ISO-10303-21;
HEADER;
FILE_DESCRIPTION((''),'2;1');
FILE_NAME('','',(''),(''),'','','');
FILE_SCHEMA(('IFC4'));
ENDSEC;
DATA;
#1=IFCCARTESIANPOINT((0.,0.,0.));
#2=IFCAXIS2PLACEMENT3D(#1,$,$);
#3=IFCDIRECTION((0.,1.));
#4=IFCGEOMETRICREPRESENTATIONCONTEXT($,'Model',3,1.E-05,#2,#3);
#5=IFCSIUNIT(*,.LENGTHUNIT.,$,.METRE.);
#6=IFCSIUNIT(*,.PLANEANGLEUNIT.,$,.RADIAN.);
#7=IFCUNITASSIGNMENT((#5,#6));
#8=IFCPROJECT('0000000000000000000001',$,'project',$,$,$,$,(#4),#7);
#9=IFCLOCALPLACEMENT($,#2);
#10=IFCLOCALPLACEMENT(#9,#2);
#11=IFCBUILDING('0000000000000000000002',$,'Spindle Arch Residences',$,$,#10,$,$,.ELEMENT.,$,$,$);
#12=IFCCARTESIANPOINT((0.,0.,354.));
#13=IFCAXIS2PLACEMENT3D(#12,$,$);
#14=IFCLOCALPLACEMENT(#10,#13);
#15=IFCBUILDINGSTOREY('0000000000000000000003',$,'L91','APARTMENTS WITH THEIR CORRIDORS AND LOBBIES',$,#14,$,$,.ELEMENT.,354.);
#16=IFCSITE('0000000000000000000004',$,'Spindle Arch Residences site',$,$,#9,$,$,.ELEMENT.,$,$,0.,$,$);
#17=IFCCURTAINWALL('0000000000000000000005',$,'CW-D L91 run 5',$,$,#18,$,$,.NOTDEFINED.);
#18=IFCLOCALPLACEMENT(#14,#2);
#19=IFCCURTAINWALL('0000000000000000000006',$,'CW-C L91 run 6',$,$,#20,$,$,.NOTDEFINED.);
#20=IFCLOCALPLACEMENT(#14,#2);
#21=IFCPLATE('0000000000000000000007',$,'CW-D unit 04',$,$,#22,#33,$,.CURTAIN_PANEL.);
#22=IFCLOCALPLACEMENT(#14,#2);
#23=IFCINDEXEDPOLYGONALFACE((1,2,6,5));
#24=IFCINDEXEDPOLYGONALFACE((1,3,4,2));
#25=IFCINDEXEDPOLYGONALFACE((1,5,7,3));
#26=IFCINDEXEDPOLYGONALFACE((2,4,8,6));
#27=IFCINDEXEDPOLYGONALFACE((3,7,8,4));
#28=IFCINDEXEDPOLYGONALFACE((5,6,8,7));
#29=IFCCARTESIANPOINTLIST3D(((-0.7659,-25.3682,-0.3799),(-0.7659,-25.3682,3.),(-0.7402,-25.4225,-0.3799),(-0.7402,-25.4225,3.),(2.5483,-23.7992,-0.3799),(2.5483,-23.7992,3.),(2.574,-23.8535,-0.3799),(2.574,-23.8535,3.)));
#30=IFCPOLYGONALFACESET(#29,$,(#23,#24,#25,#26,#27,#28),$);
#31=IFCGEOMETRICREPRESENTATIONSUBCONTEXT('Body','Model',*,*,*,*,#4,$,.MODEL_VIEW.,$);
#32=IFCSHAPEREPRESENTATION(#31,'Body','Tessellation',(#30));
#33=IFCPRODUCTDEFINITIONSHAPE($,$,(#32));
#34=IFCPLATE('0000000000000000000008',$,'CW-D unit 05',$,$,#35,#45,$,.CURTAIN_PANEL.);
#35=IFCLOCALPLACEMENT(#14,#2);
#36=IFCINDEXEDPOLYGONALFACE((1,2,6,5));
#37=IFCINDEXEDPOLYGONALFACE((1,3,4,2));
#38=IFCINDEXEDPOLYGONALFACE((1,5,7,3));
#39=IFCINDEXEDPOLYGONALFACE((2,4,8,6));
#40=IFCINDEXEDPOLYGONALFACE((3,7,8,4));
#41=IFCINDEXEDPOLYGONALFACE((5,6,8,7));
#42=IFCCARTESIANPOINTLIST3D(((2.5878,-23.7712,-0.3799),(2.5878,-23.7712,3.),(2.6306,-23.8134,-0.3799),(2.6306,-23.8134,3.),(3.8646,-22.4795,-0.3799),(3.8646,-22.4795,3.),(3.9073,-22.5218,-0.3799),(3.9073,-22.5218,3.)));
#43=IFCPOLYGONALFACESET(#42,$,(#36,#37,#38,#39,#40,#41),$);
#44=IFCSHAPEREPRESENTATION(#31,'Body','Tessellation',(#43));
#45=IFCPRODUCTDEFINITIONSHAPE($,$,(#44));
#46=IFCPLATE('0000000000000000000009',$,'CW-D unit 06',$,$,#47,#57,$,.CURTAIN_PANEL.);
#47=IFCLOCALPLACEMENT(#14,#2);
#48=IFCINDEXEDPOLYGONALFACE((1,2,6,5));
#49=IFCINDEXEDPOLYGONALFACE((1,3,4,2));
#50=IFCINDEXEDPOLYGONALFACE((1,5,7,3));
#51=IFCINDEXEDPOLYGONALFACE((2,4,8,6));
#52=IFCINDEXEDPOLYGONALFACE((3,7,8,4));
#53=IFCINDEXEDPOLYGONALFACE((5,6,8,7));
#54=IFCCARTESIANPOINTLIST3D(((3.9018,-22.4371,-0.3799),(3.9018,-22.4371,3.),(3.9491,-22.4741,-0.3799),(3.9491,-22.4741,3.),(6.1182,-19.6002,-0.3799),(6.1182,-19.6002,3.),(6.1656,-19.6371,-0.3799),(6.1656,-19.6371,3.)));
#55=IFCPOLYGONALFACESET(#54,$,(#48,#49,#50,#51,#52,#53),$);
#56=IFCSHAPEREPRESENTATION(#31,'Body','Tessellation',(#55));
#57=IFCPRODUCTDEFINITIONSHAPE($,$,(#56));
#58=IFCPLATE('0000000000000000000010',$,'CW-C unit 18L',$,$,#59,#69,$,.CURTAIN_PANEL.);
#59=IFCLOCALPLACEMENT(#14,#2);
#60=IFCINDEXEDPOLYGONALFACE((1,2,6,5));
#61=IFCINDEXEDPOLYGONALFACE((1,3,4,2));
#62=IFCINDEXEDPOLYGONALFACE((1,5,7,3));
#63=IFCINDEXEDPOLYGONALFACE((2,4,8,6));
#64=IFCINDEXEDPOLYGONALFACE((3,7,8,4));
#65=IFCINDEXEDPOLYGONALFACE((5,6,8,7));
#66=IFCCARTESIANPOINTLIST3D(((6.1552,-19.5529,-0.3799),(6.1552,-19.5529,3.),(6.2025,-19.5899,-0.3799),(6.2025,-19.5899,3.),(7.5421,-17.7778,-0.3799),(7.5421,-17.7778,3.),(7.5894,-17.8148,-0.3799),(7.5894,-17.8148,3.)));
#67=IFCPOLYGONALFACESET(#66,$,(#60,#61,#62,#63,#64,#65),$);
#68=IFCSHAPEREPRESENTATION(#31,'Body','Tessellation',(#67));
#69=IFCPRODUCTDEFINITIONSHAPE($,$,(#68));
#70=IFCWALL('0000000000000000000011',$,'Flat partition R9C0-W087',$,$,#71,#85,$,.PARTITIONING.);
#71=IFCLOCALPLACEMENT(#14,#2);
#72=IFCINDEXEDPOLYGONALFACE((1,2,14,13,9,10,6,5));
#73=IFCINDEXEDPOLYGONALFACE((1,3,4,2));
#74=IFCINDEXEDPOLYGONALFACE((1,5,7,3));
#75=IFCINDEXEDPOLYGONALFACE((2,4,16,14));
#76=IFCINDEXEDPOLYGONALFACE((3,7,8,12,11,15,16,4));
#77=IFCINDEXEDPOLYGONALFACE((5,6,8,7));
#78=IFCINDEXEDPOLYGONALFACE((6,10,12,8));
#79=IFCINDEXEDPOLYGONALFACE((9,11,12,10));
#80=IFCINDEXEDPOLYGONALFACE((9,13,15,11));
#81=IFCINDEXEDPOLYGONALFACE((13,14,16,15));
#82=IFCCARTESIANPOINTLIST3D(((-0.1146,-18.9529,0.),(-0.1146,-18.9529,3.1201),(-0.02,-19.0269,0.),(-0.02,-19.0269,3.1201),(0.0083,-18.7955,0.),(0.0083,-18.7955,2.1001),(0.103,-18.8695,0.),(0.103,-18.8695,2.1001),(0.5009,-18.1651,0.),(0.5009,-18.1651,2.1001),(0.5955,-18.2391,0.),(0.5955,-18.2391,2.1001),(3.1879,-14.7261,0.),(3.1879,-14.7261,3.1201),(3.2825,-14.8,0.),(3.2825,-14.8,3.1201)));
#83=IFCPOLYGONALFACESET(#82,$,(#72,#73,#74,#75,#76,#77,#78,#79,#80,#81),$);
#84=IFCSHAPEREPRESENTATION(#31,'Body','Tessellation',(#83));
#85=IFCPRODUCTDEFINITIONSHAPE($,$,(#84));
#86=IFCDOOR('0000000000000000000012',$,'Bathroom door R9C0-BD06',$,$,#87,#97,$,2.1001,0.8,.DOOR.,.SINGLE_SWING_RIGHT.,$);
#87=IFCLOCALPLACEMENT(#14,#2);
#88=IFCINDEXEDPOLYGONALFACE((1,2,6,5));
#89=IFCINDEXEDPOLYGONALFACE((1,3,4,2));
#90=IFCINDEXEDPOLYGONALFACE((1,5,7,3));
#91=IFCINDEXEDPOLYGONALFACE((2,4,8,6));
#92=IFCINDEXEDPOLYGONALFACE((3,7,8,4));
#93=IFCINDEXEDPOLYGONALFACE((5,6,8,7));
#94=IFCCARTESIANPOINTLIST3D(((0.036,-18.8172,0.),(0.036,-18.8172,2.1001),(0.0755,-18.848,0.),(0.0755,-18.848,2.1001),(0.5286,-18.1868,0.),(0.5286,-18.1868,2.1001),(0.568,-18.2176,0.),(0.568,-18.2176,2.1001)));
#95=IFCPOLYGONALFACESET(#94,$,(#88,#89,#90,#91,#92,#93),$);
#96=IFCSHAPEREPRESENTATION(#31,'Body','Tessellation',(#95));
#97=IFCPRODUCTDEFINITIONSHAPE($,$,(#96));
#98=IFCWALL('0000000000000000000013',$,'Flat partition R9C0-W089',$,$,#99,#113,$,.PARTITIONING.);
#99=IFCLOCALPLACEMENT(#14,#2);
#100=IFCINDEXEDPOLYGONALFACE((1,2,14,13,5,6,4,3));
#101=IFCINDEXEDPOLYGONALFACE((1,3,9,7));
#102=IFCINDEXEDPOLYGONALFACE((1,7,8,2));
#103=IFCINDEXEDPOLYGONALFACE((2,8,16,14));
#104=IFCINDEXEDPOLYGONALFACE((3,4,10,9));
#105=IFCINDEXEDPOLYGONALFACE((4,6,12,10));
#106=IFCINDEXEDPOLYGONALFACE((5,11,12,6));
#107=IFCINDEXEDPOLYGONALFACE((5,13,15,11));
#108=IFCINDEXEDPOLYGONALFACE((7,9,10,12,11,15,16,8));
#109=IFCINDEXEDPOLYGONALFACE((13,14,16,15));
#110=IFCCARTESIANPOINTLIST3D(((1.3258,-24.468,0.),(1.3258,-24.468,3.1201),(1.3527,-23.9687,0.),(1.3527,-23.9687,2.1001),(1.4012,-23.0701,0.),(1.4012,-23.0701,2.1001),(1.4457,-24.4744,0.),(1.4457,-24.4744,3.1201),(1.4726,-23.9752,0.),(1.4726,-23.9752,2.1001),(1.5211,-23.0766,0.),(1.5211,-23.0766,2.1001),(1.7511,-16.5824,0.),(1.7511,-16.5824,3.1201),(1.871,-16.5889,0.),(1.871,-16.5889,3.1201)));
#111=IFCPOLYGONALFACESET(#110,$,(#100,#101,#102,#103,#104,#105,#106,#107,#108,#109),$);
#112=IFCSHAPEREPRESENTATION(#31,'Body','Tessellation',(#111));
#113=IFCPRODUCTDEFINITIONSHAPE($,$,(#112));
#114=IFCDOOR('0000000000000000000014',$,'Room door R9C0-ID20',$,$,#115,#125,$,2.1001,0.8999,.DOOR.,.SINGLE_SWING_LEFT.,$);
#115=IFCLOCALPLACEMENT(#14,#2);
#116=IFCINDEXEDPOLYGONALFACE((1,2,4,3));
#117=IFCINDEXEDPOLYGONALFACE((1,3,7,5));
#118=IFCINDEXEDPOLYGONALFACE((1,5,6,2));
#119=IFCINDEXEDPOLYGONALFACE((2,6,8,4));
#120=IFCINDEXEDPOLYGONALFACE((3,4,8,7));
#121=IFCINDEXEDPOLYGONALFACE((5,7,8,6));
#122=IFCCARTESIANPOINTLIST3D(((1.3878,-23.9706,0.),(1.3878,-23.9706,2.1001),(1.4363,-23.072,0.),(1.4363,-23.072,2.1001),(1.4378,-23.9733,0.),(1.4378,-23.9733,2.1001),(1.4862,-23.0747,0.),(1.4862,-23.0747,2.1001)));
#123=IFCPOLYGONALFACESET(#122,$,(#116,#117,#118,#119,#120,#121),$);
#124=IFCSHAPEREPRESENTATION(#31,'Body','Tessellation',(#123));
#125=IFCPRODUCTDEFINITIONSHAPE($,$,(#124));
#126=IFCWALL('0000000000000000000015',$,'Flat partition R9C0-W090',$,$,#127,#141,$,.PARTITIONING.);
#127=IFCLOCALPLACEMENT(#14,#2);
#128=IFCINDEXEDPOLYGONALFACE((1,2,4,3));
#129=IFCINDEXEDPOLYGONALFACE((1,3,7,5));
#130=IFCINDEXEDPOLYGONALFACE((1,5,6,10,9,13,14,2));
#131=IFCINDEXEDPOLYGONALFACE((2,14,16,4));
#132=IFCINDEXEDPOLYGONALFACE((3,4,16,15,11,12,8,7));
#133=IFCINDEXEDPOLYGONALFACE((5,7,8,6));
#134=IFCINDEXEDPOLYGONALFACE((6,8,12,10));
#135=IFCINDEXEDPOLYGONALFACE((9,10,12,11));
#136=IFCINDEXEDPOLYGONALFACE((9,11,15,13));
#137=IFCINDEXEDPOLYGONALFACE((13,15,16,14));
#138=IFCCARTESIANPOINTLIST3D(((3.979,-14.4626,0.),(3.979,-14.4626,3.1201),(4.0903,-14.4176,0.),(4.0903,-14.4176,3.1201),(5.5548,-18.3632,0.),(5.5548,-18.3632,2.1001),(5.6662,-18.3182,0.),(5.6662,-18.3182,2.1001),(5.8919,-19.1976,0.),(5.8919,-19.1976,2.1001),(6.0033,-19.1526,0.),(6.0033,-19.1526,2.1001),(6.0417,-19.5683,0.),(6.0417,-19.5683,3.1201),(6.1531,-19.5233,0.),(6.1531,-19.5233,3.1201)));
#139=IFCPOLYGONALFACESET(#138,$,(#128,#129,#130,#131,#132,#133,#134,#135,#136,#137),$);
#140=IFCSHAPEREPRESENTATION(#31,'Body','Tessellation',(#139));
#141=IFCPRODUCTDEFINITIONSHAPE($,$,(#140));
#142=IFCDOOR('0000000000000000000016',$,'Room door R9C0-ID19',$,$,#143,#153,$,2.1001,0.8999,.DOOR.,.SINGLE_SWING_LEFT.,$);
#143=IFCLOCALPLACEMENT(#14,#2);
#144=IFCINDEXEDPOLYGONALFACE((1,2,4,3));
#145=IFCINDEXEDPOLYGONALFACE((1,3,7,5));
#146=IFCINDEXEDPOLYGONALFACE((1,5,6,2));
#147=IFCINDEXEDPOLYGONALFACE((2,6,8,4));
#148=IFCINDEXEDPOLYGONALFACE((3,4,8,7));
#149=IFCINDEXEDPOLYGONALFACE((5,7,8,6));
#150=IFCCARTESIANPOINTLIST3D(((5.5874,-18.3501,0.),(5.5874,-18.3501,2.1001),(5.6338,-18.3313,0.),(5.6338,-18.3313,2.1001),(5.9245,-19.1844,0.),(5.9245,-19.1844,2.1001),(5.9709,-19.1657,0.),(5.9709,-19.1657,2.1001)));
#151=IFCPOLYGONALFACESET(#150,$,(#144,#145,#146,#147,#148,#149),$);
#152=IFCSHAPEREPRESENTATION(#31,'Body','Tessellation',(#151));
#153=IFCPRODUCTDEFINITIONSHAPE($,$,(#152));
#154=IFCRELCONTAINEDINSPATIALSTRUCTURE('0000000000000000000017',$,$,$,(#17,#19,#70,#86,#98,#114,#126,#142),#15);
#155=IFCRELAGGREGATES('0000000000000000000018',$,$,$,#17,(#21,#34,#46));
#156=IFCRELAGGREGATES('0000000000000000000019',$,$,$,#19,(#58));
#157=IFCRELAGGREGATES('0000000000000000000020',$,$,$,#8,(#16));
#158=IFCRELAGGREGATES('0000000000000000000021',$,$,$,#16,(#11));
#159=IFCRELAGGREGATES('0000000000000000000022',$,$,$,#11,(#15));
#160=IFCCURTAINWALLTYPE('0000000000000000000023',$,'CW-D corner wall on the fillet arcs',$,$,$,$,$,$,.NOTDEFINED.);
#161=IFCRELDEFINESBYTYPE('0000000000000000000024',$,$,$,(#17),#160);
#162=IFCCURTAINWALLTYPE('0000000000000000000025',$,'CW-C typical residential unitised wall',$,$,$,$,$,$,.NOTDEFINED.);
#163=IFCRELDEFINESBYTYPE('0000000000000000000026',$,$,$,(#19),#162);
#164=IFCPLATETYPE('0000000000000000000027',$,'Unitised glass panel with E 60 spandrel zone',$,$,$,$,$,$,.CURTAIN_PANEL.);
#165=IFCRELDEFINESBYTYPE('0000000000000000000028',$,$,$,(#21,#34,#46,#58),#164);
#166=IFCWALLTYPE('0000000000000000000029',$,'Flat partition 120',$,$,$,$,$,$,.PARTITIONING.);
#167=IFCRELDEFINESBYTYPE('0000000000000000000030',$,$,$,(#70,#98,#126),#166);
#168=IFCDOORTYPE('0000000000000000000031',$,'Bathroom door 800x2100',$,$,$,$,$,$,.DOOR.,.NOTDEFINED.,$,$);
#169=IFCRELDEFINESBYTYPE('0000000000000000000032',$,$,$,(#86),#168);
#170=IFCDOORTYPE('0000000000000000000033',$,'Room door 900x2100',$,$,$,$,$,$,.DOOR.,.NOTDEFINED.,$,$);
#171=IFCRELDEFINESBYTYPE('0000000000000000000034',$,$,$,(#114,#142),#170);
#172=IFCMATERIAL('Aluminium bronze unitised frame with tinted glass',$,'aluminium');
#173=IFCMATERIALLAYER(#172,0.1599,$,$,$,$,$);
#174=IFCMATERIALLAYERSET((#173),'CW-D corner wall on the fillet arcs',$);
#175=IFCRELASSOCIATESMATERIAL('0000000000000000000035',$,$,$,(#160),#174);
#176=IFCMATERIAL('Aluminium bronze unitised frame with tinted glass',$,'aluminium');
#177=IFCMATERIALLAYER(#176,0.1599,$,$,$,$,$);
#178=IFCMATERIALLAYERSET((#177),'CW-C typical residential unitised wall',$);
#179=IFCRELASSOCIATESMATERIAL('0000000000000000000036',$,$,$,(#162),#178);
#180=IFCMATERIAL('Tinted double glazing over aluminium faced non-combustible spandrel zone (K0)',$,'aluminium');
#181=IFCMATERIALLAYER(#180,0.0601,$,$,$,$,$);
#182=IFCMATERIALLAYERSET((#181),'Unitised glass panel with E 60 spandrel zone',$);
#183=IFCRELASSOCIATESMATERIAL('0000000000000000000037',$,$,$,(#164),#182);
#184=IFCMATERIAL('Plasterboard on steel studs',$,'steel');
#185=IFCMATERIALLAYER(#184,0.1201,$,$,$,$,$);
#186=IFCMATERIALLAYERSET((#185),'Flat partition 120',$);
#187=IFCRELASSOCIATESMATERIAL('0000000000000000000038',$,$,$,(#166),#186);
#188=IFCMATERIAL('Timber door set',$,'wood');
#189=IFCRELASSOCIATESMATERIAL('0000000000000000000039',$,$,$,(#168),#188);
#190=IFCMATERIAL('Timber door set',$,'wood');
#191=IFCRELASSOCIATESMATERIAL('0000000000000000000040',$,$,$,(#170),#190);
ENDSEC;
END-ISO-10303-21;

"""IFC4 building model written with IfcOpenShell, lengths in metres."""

from ifc_helpers import new_model, si_unit, direction, frame, frame_2d, origin, origin_2d, place, context, subcontext, project, spatial, rectangle, extrude, material, layer, layer_set, type_object, element, fill, aggregate, save


model = new_model("IFC4")

# Units and contexts
model_context = context("Model", 3, precision=1e-05, world=origin(), true_north=direction((0.0, 1.0)))
body_context = subcontext(model_context, "Body", "Model", "MODEL_VIEW")
ifc_project = project(units=[si_unit("LENGTHUNIT", "METRE"), si_unit("PLANEANGLEUNIT", "RADIAN")], contexts=[model_context])

# Site, building, storey
site_placement = place(None, origin())
site = spatial("IfcSite", under=ifc_project, at=site_placement, Name="Spindle Arch Residences site", CompositionType="ELEMENT", RefElevation=0.0)
building_placement = place(site_placement, origin())
building = spatial("IfcBuilding", under=site, at=building_placement, Name="Spindle Arch Residences", CompositionType="ELEMENT")
storey_placement = place(building_placement, frame((0.0, 0.0, 354.0)))
storey = spatial("IfcBuildingStorey", under=building, at=storey_placement, Name="L91", Description="APARTMENTS WITH THEIR CORRIDORS AND LOBBIES", CompositionType="ELEMENT", Elevation=354.0)

# Curtain wall
ifc_material_1 = material(Name="Aluminium bronze unitised frame with tinted glass", Category="aluminium")
ifc_layer_1 = layer(ifc_material_1, 0.1599)
ifc_layer_set_1 = layer_set([ifc_layer_1], Name="CW-D corner wall on the fillet arcs")
curtain_wall_type_1 = type_object("IfcCurtainWallType", Name="CW-D corner wall on the fillet arcs", PredefinedType="NOTDEFINED", material=ifc_layer_set_1)
curtain_wall_1_placement = place(storey_placement, origin())
curtain_wall_1 = element("IfcCurtainWall", 1, at=curtain_wall_1_placement, inside=storey, type_object=curtain_wall_type_1, Name="CW-D L91 run 5", PredefinedType="NOTDEFINED")

# Curtain wall
ifc_material_2 = material(Name="Aluminium bronze unitised frame with tinted glass", Category="aluminium")
ifc_layer_2 = layer(ifc_material_2, 0.1599)
ifc_layer_set_2 = layer_set([ifc_layer_2], Name="CW-C typical residential unitised wall")
curtain_wall_type_2 = type_object("IfcCurtainWallType", Name="CW-C typical residential unitised wall", PredefinedType="NOTDEFINED", material=ifc_layer_set_2)
curtain_wall_2_placement = place(storey_placement, origin())
curtain_wall_2 = element("IfcCurtainWall", 2, at=curtain_wall_2_placement, inside=storey, type_object=curtain_wall_type_2, Name="CW-C L91 run 6", PredefinedType="NOTDEFINED")

# Plates
ifc_material_3 = material(Name="Tinted double glazing over aluminium faced non-combustible spandrel zone (K0)", Category="aluminium")
ifc_layer_3 = layer(ifc_material_3, 0.0601)
ifc_layer_set_3 = layer_set([ifc_layer_3], Name="Unitised glass panel with E 60 spandrel zone")
plate_type = type_object("IfcPlateType", Name="Unitised glass panel with E 60 spandrel zone", PredefinedType="CURTAIN_PANEL", material=ifc_layer_set_3)
plate_1_placement = place(storey_placement, frame((0.9041, -24.6108, -0.3799), z_axis=(0.0, 0.0, 1.0), x_axis=(0.903834, 0.427884, 0.0)))
plate_1 = element("IfcPlate", 3, at=plate_1_placement, type_object=plate_type, Name="CW-D unit 04", PredefinedType="CURTAIN_PANEL", context=body_context, shape_type="SweptSolid", body=[
    extrude(rectangle(XDim=3.6667, YDim=0.0601, at=origin_2d()), origin(), (0.0, 0.0, 1.0), 3.3799),
])
plate_2_placement = place(storey_placement, frame((3.2476, -23.1465, -0.3799), z_axis=(0.0, 0.0, 1.0), x_axis=(0.702981, 0.711209, 0.0)))
plate_2 = element("IfcPlate", 4, at=plate_2_placement, type_object=plate_type, Name="CW-D unit 05", PredefinedType="CURTAIN_PANEL", context=body_context, shape_type="SweptSolid", body=[
    extrude(rectangle(XDim=1.8162, YDim=0.0601, at=origin_2d()), origin(), (0.0, 0.0, 1.0), 3.3799),
])
plate_3_placement = place(storey_placement, frame((5.0337, -21.0371, -0.3799), z_axis=(0.0, 0.0, 1.0), x_axis=(0.615661, 0.788011, 0.0)))
plate_3 = element("IfcPlate", 5, at=plate_3_placement, type_object=plate_type, Name="CW-D unit 06", PredefinedType="CURTAIN_PANEL", context=body_context, shape_type="SweptSolid", body=[
    extrude(rectangle(XDim=3.6001, YDim=0.0601, at=origin_2d()), origin(), (0.0, 0.0, 1.0), 3.3799),
])
aggregate(curtain_wall_1, [plate_1, plate_2, plate_3])
plate_4_placement = place(storey_placement, frame((6.8723, -18.6838, -0.3799), z_axis=(0.0, 0.0, 1.0), x_axis=(0.615661, 0.788011, 0.0)))
plate_4 = element("IfcPlate", 6, at=plate_4_placement, type_object=plate_type, Name="CW-C unit 18L", PredefinedType="CURTAIN_PANEL", context=body_context, shape_type="SweptSolid", body=[
    extrude(rectangle(XDim=2.2527, YDim=0.0601, at=origin_2d()), origin(), (0.0, 0.0, 1.0), 3.3799),
])
aggregate(curtain_wall_2, [plate_4])

# Walls, openings, doors
ifc_material_4 = material(Name="Plasterboard on steel studs", Category="steel")
ifc_layer_4 = layer(ifc_material_4, 0.1201)
ifc_layer_set_4 = layer_set([ifc_layer_4], Name="Flat partition 120")
wall_type_1 = type_object("IfcWallType", Name="Flat partition 120", PredefinedType="PARTITIONING", material=ifc_layer_set_4)
wall_1_placement = place(storey_placement, frame((-0.0674, -18.99, 0.0), z_axis=(0.0, 0.0, 1.0), x_axis=(0.615678, 0.787997, 0.0)))
wall_1 = element("IfcWall", 7, at=wall_1_placement, inside=storey, type_object=wall_type_1, Name="Flat partition R9C0-W087", PredefinedType="PARTITIONING", context=body_context, shape_type="SweptSolid", body=[
    extrude(rectangle(XDim=5.364, YDim=0.1201, at=frame_2d((2.6821, 0.0))), origin(), (0.0, 0.0, 1.0), 3.1201),
])
opening_1_placement = place(wall_1_placement, frame((0.2, 0.0, 0.0)))
opening_1 = element("IfcOpeningElement", 8, at=opening_1_placement, cuts=wall_1, PredefinedType="OPENING", context=body_context, shape_type="SweptSolid", body=[
    extrude(rectangle(XDim=0.8, YDim=2.1001, at=frame_2d((0.3999, 1.05))), frame((0.0, 0.0701, 0.0), z_axis=(0.0, -1.0, 0.0), x_axis=(1.0, 0.0, 0.0)), (0.0, 0.0, 1.0), 0.1401),
])
ifc_material_5 = material(Name="Timber door set", Category="wood")
door_type_1 = type_object("IfcDoorType", Name="Bathroom door 800x2100", OperationType="NOTDEFINED", PredefinedType="DOOR", material=ifc_material_5)
door_1_placement = place(opening_1_placement, origin())
door_1 = element("IfcDoor", 9, at=door_1_placement, inside=storey, type_object=door_type_1, Name="Bathroom door R9C0-BD06", OperationType="SINGLE_SWING_RIGHT", OverallHeight=2.1001, OverallWidth=0.8, PredefinedType="DOOR", context=body_context, shape_type="SweptSolid", body=[
    extrude(rectangle(XDim=0.8, YDim=2.1001, at=frame_2d((0.3999, 1.05))), frame((0.0, 0.0249, 0.0), z_axis=(0.0, -1.0, 0.0), x_axis=(1.0, 0.0, 0.0)), (0.0, 0.0, 1.0), 0.05),
])
fill(opening_1, door_1)
wall_2_placement = place(storey_placement, frame((1.3857, -24.4712, 0.0), z_axis=(0.0, 0.0, 1.0), x_axis=(0.053855, 0.998549, 0.0)))
wall_2 = element("IfcWall", 10, at=wall_2_placement, inside=storey, type_object=wall_type_1, Name="Flat partition R9C0-W089", PredefinedType="PARTITIONING", context=body_context, shape_type="SweptSolid", body=[
    extrude(rectangle(XDim=7.897, YDim=0.1201, at=frame_2d((3.9485, 0.0))), origin(), (0.0, 0.0, 1.0), 3.1201),
])
opening_2_placement = place(wall_2_placement, frame((0.5, 0.0, 0.0)))
opening_2 = element("IfcOpeningElement", 11, at=opening_2_placement, cuts=wall_2, PredefinedType="OPENING", context=body_context, shape_type="SweptSolid", body=[
    extrude(rectangle(XDim=0.8999, YDim=2.1001, at=frame_2d((0.45, 1.05))), frame((0.0, 0.0701, 0.0), z_axis=(0.0, -1.0, 0.0), x_axis=(1.0, 0.0, 0.0)), (0.0, 0.0, 1.0), 0.1401),
])
ifc_material_6 = material(Name="Timber door set", Category="wood")
door_type_2 = type_object("IfcDoorType", Name="Room door 900x2100", OperationType="NOTDEFINED", PredefinedType="DOOR", material=ifc_material_6)
door_2_placement = place(opening_2_placement, origin())
door_2 = element("IfcDoor", 12, at=door_2_placement, inside=storey, type_object=door_type_2, Name="Room door R9C0-ID20", OperationType="SINGLE_SWING_LEFT", OverallHeight=2.1001, OverallWidth=0.8999, PredefinedType="DOOR", context=body_context, shape_type="SweptSolid", body=[
    extrude(rectangle(XDim=0.8999, YDim=2.1001, at=frame_2d((0.45, 1.05))), frame((0.0, 0.0249, 0.0), z_axis=(0.0, -1.0, 0.0), x_axis=(1.0, 0.0, 0.0)), (0.0, 0.0, 1.0), 0.05),
])
fill(opening_2, door_2)
wall_3_placement = place(storey_placement, frame((6.0974, -19.5459, 0.0), z_axis=(0.0, 0.0, 1.0), x_axis=(-0.374591, 0.92719, 0.0)))
wall_3 = element("IfcWall", 13, at=wall_3_placement, inside=storey, type_object=wall_type_1, Name="Flat partition R9C0-W090", PredefinedType="PARTITIONING", context=body_context, shape_type="SweptSolid", body=[
    extrude(rectangle(XDim=5.5066, YDim=0.1201, at=frame_2d((2.7534, 0.0))), origin(), (0.0, 0.0, 1.0), 3.1201),
])
opening_3_placement = place(wall_3_placement, frame((0.3999, 0.0, 0.0)))
opening_3 = element("IfcOpeningElement", 14, at=opening_3_placement, cuts=wall_3, PredefinedType="OPENING", context=body_context, shape_type="SweptSolid", body=[
    extrude(rectangle(XDim=0.8999, YDim=2.1001, at=frame_2d((0.45, 1.05))), frame((0.0, 0.0701, 0.0), z_axis=(0.0, -1.0, 0.0), x_axis=(1.0, 0.0, 0.0)), (0.0, 0.0, 1.0), 0.1401),
])
door_3_placement = place(opening_3_placement, origin())
door_3 = element("IfcDoor", 15, at=door_3_placement, inside=storey, type_object=door_type_2, Name="Room door R9C0-ID19", OperationType="SINGLE_SWING_LEFT", OverallHeight=2.1001, OverallWidth=0.8999, PredefinedType="DOOR", context=body_context, shape_type="SweptSolid", body=[
    extrude(rectangle(XDim=0.8999, YDim=2.1001, at=frame_2d((0.45, 1.05))), frame((0.0, 0.0249, 0.0), z_axis=(0.0, -1.0, 0.0), x_axis=(1.0, 0.0, 0.0)), (0.0, 0.0, 1.0), 0.05),
])
fill(opening_3, door_3)

save(model, "model.ifc")
